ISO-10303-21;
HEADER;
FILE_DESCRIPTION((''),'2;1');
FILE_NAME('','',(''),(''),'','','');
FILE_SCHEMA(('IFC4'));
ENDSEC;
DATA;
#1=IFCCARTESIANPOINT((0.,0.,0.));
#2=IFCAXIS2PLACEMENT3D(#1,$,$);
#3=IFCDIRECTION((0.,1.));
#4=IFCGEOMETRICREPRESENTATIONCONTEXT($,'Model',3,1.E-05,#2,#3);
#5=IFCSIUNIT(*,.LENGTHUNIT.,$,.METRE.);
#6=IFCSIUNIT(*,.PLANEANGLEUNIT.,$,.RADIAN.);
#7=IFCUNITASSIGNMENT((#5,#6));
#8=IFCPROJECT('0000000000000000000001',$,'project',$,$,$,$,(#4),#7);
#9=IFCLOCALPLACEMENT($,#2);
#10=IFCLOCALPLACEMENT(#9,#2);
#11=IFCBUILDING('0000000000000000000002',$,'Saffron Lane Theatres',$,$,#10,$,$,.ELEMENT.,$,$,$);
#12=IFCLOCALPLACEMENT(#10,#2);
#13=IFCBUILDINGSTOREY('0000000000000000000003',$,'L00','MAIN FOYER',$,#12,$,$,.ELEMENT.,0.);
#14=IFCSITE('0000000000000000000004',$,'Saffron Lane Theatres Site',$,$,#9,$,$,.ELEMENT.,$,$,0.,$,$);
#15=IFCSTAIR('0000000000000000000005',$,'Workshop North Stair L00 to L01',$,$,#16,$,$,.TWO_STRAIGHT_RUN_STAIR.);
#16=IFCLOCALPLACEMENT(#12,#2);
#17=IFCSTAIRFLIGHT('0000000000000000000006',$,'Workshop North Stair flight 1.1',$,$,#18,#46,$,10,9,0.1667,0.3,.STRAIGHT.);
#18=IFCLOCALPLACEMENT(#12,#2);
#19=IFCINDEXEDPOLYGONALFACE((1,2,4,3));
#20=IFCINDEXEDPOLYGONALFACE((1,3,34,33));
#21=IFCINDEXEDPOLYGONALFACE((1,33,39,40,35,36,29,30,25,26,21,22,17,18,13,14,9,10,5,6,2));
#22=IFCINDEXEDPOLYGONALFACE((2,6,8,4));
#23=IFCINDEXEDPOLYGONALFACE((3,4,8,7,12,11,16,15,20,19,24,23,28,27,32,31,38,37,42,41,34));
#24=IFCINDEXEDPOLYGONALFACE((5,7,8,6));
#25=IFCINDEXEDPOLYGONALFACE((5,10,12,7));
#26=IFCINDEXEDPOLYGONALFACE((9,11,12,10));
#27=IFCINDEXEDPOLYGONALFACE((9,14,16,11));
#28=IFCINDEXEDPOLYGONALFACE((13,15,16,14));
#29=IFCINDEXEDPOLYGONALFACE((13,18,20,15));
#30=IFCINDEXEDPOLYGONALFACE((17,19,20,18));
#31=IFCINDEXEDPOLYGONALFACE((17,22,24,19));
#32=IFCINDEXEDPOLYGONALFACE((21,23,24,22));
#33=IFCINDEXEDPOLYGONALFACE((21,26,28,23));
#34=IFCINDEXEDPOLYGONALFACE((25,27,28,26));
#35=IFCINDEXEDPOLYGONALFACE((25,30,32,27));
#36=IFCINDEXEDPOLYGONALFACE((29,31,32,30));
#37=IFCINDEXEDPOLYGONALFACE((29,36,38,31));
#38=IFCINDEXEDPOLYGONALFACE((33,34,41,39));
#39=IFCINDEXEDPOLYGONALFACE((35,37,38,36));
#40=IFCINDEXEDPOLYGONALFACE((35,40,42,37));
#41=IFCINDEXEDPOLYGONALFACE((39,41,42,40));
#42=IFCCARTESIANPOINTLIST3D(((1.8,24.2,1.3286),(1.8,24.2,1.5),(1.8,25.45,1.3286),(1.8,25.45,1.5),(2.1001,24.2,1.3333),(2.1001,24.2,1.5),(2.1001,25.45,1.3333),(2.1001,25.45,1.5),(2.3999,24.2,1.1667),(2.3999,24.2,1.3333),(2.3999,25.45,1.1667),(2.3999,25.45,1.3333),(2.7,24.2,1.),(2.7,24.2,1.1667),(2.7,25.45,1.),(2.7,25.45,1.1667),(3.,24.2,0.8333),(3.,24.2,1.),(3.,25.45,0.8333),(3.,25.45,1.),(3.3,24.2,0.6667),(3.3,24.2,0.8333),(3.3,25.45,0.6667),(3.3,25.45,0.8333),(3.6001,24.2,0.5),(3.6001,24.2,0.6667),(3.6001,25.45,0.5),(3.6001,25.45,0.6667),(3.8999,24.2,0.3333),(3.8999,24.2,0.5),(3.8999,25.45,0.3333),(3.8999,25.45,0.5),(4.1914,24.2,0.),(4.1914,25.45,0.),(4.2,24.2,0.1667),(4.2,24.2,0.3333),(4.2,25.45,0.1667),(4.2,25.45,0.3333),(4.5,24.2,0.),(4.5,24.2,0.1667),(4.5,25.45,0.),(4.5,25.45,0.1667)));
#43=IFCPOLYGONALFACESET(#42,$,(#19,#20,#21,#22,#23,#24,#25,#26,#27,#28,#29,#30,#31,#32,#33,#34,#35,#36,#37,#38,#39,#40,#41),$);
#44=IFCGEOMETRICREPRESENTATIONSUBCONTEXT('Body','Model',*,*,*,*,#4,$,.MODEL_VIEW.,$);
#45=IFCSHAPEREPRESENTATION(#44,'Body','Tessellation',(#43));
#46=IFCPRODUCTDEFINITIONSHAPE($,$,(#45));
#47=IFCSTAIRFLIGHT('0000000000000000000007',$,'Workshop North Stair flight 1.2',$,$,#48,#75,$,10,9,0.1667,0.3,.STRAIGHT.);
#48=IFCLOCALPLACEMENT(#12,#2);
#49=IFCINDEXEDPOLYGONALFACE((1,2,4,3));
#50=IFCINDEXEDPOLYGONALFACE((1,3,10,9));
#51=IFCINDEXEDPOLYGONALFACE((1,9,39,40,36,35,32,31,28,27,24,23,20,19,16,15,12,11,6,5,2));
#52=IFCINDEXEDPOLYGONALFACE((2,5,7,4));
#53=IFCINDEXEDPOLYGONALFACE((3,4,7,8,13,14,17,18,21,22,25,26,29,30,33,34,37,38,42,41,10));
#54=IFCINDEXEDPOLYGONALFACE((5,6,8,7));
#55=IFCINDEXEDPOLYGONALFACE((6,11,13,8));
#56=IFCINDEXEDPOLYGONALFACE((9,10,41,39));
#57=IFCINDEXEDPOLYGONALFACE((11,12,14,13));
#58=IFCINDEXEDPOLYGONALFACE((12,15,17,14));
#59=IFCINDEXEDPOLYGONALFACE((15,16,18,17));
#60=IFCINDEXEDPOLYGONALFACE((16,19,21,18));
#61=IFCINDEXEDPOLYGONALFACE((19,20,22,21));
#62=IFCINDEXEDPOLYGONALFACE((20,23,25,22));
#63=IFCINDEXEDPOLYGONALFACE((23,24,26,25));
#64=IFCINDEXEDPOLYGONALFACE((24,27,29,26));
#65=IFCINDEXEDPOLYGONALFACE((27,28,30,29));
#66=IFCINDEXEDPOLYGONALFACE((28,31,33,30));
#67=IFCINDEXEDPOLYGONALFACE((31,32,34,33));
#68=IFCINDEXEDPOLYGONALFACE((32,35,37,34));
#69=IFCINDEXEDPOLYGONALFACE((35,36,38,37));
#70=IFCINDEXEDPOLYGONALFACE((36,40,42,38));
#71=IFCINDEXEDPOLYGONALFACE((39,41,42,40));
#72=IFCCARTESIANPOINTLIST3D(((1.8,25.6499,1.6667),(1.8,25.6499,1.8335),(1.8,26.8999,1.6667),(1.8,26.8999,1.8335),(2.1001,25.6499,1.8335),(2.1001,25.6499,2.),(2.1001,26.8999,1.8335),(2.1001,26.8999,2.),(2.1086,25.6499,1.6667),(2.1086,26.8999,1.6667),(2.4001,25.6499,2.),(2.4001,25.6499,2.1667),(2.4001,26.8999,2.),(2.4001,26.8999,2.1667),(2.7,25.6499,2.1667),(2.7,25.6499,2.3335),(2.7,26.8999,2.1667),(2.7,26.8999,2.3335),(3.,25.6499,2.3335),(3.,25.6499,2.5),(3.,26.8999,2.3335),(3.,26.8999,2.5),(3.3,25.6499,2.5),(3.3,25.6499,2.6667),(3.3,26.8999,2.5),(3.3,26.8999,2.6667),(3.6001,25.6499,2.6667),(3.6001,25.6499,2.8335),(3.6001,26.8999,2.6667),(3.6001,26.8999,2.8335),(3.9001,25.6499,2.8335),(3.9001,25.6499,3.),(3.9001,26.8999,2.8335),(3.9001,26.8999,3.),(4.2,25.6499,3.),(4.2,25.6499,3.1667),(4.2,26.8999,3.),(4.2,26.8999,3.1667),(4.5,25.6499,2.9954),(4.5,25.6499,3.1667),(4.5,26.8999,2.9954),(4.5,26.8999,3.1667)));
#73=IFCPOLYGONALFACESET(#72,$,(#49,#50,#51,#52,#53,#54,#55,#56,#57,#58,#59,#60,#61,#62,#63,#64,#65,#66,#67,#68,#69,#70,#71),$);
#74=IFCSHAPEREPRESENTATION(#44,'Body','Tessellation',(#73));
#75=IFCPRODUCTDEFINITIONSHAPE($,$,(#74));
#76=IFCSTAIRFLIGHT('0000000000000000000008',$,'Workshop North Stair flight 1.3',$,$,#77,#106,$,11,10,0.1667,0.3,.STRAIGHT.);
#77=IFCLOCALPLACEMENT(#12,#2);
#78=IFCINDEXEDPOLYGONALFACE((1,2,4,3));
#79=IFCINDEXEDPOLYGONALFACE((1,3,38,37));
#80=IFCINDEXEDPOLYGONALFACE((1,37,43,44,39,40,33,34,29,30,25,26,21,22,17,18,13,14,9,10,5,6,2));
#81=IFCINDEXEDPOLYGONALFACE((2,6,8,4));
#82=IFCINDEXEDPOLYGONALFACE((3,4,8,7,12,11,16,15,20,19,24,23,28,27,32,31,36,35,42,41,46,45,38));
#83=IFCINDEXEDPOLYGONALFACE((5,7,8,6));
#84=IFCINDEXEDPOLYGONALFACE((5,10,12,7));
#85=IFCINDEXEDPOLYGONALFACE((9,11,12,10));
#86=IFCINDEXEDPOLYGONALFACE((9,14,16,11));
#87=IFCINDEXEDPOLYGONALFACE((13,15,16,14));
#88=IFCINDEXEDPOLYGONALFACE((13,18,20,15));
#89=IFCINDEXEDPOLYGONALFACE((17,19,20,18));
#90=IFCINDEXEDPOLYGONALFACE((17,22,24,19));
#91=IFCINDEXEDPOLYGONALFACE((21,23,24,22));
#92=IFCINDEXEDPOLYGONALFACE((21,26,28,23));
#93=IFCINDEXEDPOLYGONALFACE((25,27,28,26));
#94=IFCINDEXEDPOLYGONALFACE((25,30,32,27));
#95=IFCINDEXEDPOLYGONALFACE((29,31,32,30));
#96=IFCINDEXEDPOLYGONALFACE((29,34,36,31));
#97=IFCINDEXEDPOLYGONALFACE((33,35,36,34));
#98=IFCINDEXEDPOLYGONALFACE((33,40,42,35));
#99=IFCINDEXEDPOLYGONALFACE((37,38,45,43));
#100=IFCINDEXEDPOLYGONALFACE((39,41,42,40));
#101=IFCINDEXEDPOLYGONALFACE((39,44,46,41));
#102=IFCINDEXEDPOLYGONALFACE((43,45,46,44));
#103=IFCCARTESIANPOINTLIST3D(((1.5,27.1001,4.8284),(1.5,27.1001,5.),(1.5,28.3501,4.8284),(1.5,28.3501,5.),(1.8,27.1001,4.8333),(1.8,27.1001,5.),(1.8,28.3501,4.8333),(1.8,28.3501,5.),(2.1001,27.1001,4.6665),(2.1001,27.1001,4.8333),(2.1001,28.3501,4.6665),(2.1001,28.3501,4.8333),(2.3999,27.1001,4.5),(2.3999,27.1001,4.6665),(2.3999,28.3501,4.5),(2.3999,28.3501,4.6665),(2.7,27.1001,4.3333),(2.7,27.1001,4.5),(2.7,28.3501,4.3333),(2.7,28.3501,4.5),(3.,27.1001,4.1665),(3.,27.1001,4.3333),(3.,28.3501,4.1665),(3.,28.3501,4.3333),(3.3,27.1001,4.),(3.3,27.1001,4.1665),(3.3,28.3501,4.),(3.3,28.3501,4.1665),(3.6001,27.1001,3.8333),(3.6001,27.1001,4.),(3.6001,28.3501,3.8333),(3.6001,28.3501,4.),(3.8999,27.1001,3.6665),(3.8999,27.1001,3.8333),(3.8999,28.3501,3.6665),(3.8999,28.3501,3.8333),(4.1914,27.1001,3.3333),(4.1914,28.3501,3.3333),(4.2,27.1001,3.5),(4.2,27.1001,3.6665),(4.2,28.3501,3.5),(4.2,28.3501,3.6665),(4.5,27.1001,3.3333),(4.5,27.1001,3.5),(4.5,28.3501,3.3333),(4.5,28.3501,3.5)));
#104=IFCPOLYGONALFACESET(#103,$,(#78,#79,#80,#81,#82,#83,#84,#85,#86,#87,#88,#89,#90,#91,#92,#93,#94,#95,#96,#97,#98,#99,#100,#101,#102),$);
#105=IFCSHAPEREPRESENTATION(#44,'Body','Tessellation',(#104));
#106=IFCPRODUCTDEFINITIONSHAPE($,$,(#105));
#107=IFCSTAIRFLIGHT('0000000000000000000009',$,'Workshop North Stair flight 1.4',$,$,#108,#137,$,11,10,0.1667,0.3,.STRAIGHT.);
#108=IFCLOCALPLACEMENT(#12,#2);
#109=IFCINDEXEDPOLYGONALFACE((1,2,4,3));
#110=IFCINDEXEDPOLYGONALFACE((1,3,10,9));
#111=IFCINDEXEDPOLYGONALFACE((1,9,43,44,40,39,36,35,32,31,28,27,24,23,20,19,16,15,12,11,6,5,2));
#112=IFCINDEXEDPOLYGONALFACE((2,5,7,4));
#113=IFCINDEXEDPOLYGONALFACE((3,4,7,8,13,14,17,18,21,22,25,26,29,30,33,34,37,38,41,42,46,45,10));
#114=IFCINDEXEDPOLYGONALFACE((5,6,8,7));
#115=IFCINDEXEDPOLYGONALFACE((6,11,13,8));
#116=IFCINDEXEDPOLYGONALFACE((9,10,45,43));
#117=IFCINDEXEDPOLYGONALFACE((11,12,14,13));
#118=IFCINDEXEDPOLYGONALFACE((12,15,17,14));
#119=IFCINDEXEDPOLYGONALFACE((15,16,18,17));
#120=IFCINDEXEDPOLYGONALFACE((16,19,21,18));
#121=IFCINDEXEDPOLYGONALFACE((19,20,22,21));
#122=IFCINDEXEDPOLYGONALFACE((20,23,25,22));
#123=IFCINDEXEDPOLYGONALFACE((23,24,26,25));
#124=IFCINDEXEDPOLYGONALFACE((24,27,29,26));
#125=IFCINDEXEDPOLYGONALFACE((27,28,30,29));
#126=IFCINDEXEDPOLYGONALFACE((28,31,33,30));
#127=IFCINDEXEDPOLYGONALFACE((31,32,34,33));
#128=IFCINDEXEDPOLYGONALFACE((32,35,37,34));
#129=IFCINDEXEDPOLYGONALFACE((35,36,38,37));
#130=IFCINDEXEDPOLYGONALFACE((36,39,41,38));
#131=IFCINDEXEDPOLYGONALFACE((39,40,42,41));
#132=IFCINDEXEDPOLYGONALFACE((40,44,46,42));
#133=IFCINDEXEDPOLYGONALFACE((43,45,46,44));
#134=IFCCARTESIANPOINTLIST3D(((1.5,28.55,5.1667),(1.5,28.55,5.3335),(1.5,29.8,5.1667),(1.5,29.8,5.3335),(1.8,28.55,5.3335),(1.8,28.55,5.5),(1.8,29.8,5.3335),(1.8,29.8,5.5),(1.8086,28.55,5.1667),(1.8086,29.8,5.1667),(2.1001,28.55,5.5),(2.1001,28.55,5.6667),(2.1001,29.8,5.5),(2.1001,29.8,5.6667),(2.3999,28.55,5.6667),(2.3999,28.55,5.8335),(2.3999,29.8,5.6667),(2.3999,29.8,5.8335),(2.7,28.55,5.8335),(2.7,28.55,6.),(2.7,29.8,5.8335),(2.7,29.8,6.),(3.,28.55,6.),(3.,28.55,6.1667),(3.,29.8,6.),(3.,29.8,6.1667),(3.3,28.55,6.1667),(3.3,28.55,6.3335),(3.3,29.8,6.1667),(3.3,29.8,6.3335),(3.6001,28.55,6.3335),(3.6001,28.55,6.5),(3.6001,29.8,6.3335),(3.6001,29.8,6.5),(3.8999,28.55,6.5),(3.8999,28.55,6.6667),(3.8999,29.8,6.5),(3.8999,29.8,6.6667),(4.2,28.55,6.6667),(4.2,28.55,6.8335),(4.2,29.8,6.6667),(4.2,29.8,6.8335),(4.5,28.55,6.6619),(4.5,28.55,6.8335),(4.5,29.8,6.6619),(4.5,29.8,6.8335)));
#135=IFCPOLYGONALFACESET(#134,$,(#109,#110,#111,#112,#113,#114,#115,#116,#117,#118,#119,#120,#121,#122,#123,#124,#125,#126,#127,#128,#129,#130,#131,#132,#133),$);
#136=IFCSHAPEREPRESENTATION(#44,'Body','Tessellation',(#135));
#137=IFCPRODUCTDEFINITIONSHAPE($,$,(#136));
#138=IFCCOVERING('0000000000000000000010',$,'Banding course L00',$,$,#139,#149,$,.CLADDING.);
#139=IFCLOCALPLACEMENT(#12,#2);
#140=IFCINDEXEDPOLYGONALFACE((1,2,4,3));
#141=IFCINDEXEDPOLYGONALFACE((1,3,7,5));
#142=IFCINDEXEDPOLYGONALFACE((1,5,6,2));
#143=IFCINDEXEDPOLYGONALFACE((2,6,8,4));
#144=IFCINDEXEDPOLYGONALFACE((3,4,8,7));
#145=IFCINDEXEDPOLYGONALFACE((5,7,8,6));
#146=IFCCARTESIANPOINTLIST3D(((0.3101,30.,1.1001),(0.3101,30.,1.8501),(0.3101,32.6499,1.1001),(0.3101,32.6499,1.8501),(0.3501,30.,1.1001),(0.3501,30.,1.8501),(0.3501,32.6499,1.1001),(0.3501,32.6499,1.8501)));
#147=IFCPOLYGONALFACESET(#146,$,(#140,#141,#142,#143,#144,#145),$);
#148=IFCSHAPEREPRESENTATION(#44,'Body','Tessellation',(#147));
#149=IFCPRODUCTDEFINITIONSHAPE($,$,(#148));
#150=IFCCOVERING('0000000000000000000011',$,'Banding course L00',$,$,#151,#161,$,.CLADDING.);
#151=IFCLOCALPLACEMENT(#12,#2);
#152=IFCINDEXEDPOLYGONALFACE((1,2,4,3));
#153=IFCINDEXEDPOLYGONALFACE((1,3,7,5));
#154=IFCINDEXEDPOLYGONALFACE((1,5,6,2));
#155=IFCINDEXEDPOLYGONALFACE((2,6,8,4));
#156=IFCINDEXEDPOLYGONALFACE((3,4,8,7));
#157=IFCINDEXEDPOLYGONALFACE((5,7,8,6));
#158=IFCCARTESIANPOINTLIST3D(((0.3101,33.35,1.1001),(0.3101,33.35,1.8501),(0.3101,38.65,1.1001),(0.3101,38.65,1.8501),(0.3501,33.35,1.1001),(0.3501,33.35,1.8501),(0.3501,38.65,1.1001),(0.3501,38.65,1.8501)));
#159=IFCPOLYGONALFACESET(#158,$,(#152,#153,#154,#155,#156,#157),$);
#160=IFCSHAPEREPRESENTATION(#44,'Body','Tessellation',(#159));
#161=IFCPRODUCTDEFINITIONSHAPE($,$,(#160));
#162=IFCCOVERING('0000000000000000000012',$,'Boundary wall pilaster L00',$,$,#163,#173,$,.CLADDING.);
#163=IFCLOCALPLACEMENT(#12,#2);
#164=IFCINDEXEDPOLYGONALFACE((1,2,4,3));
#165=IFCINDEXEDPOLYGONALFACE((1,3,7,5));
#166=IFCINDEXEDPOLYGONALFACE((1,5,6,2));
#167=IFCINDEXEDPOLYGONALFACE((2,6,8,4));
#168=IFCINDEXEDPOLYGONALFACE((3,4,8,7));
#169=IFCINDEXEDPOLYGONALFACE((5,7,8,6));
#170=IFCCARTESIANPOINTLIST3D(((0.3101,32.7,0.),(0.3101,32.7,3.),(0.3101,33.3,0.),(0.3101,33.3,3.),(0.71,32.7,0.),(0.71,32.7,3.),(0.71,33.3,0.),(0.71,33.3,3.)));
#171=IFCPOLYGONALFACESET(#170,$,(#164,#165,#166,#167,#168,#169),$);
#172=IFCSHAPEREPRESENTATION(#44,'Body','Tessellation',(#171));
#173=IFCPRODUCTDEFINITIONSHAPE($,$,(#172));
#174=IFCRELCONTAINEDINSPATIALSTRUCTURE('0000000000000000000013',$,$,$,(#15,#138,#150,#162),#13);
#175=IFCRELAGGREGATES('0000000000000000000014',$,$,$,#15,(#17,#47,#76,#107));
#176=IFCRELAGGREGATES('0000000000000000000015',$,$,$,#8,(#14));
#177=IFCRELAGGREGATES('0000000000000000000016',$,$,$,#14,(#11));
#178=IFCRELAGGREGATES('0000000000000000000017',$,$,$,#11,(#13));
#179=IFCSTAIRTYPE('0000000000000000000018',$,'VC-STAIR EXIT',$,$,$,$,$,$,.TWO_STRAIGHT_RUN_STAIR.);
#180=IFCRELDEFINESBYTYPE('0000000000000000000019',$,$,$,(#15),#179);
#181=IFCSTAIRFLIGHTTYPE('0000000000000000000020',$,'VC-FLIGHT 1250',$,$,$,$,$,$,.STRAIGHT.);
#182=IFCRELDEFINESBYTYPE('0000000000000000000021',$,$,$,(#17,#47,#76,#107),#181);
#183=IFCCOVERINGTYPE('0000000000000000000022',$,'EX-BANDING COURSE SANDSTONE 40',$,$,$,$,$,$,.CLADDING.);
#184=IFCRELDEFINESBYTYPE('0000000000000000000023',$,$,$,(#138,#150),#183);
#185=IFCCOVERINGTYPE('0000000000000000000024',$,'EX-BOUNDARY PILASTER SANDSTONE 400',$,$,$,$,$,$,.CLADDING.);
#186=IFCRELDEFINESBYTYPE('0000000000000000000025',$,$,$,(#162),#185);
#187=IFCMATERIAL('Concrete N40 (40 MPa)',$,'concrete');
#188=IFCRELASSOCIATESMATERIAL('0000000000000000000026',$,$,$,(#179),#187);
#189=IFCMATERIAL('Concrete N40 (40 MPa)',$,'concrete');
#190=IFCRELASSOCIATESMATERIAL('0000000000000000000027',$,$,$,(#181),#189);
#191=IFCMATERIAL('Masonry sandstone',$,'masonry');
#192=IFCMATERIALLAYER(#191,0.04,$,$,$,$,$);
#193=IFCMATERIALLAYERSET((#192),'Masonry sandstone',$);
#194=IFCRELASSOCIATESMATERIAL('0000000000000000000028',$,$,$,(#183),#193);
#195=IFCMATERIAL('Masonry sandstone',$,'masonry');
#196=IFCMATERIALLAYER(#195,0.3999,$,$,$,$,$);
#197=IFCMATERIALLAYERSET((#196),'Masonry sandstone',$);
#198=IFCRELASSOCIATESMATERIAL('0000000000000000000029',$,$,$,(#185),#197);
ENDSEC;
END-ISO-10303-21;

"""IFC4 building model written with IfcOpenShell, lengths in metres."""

from ifc_helpers import new_model, si_unit, direction, frame, origin, origin_2d, place, context, subcontext, project, spatial, polyline, rectangle, outline, extrude, material, layer, layer_set, type_object, element, aggregate, save


model = new_model("IFC4")

# Units and contexts
model_context = context("Model", 3, precision=1e-05, world=origin(), true_north=direction((0.0, 1.0)))
body_context = subcontext(model_context, "Body", "Model", "MODEL_VIEW")
ifc_project = project(units=[si_unit("LENGTHUNIT", "METRE"), si_unit("PLANEANGLEUNIT", "RADIAN")], contexts=[model_context])

# Site, building, storey
site_placement = place(None, origin())
site = spatial("IfcSite", under=ifc_project, at=site_placement, Name="Saffron Lane Theatres Site", CompositionType="ELEMENT", RefElevation=0.0)
building_placement = place(site_placement, origin())
building = spatial("IfcBuilding", under=site, at=building_placement, Name="Saffron Lane Theatres", CompositionType="ELEMENT")
storey_placement = place(building_placement, origin())
storey = spatial("IfcBuildingStorey", under=building, at=storey_placement, Name="L00", Description="MAIN FOYER", CompositionType="ELEMENT", Elevation=0.0)

# Stair, stair flights
ifc_material_1 = material(Name="Concrete N40 (40 MPa)", Category="concrete")
stair_type = type_object("IfcStairType", Name="VC-STAIR EXIT", PredefinedType="TWO_STRAIGHT_RUN_STAIR", material=ifc_material_1)
stair_placement = place(storey_placement, origin())
stair = element("IfcStair", 1, at=stair_placement, inside=storey, type_object=stair_type, Name="Workshop North Stair L00 to L01", PredefinedType="TWO_STRAIGHT_RUN_STAIR")
ifc_material_2 = material(Name="Concrete N40 (40 MPa)", Category="concrete")
stair_flight_type = type_object("IfcStairFlightType", Name="VC-FLIGHT 1250", PredefinedType="STRAIGHT", material=ifc_material_2)
stair_flight_1_placement = place(storey_placement, frame((4.5, 24.825, 0.0), z_axis=(0.0, 0.0, 1.0), x_axis=(-1.0, 0.0, 0.0)))
stair_flight_1 = element("IfcStairFlight", 2, at=stair_flight_1_placement, type_object=stair_flight_type, Name="Workshop North Stair flight 1.1", NumberOfRisers=10, NumberOfTreads=9, PredefinedType="STRAIGHT", RiserHeight=0.1667, TreadLength=0.3, context=body_context, shape_type="SweptSolid", body=[
    extrude(outline(polyline([(0.0, 0.0), (0.0, 0.1667), (0.3, 0.1667), (0.3, 0.3333), (0.6001, 0.3333), (0.6001, 0.5), (0.8999, 0.5), (0.8999, 0.6667), (1.2, 0.6667), (1.2, 0.8333), (1.5, 0.8333), (1.5, 1.0), (1.8, 1.0), (1.8, 1.1667), (2.1001, 1.1667), (2.1001, 1.3333), (2.3999, 1.3333), (2.3999, 1.5), (2.7, 1.5), (2.7, 1.6667), (2.7, 1.3286), (0.3086, 0.0), (0.0, 0.0)])), frame((0.0, 0.625, 0.0), z_axis=(0.0, -1.0, 0.0), x_axis=(1.0, 0.0, 0.0)), (0.0, 0.0, 1.0), 1.25),
])
stair_flight_2_placement = place(storey_placement, frame((1.8, 26.2749, 1.6667), z_axis=(0.0, 0.0, 1.0), x_axis=(1.0, 0.0, 0.0)))
stair_flight_2 = element("IfcStairFlight", 3, at=stair_flight_2_placement, type_object=stair_flight_type, Name="Workshop North Stair flight 1.2", NumberOfRisers=10, NumberOfTreads=9, PredefinedType="STRAIGHT", RiserHeight=0.1667, TreadLength=0.3, context=body_context, shape_type="SweptSolid", body=[
    extrude(outline(polyline([(0.0, 0.0), (0.0, 0.1667), (0.3, 0.1667), (0.3, 0.3333), (0.6001, 0.3333), (0.6001, 0.5), (0.8999, 0.5), (0.8999, 0.6667), (1.2, 0.6667), (1.2, 0.8333), (1.5, 0.8333), (1.5, 1.0), (1.8, 1.0), (1.8, 1.1667), (2.1001, 1.1667), (2.1001, 1.3333), (2.3999, 1.3333), (2.3999, 1.5), (2.7, 1.5), (2.7, 1.6667), (2.7, 1.3286), (0.3086, 0.0), (0.0, 0.0)])), frame((0.0, 0.625, 0.0), z_axis=(0.0, -1.0, 0.0), x_axis=(1.0, 0.0, 0.0)), (0.0, 0.0, 1.0), 1.25),
])
stair_flight_3_placement = place(storey_placement, frame((4.5, 27.7251, 3.3333), z_axis=(0.0, 0.0, 1.0), x_axis=(-1.0, 0.0, 0.0)))
stair_flight_3 = element("IfcStairFlight", 4, at=stair_flight_3_placement, type_object=stair_flight_type, Name="Workshop North Stair flight 1.3", NumberOfRisers=11, NumberOfTreads=10, PredefinedType="STRAIGHT", RiserHeight=0.1667, TreadLength=0.3, context=body_context, shape_type="SweptSolid", body=[
    extrude(outline(polyline([(0.0, 0.0), (0.0, 0.1667), (0.3, 0.1667), (0.3, 0.3333), (0.6001, 0.3333), (0.6001, 0.5), (0.8999, 0.5), (0.8999, 0.6667), (1.2, 0.6667), (1.2, 0.8333), (1.5, 0.8333), (1.5, 1.0), (1.8, 1.0), (1.8, 1.1667), (2.1001, 1.1667), (2.1001, 1.3333), (2.3999, 1.3333), (2.3999, 1.5), (2.7, 1.5), (2.7, 1.6667), (3.0, 1.6667), (3.0, 1.8333), (3.0, 1.4951), (0.3086, 0.0), (0.0, 0.0)])), frame((0.0, 0.625, 0.0), z_axis=(0.0, -1.0, 0.0), x_axis=(1.0, 0.0, 0.0)), (0.0, 0.0, 1.0), 1.25),
])
stair_flight_4_placement = place(storey_placement, frame((1.5, 29.175, 5.1667), z_axis=(0.0, 0.0, 1.0), x_axis=(1.0, 0.0, 0.0)))
stair_flight_4 = element("IfcStairFlight", 5, at=stair_flight_4_placement, type_object=stair_flight_type, Name="Workshop North Stair flight 1.4", NumberOfRisers=11, NumberOfTreads=10, PredefinedType="STRAIGHT", RiserHeight=0.1667, TreadLength=0.3, context=body_context, shape_type="SweptSolid", body=[
    extrude(outline(polyline([(0.0, 0.0), (0.0, 0.1667), (0.3, 0.1667), (0.3, 0.3333), (0.6001, 0.3333), (0.6001, 0.5), (0.8999, 0.5), (0.8999, 0.6667), (1.2, 0.6667), (1.2, 0.8333), (1.5, 0.8333), (1.5, 1.0), (1.8, 1.0), (1.8, 1.1667), (2.1001, 1.1667), (2.1001, 1.3333), (2.3999, 1.3333), (2.3999, 1.5), (2.7, 1.5), (2.7, 1.6667), (3.0, 1.6667), (3.0, 1.8333), (3.0, 1.4951), (0.3086, 0.0), (0.0, 0.0)])), frame((0.0, 0.625, 0.0), z_axis=(0.0, -1.0, 0.0), x_axis=(1.0, 0.0, 0.0)), (0.0, 0.0, 1.0), 1.25),
])
aggregate(stair, [stair_flight_1, stair_flight_2, stair_flight_3, stair_flight_4])

# Coverings
ifc_material_3 = material(Name="Masonry sandstone", Category="masonry")
ifc_layer_1 = layer(ifc_material_3, 0.04)
ifc_layer_set_1 = layer_set([ifc_layer_1], Name="Masonry sandstone")
covering_type_1 = type_object("IfcCoveringType", Name="EX-BANDING COURSE SANDSTONE 40", PredefinedType="CLADDING", material=ifc_layer_set_1)
covering_1_placement = place(storey_placement, frame((0.3301, 31.325, 1.1001), z_axis=(0.0, 0.0, 1.0), x_axis=(0.0, 1.0, 0.0)))
element("IfcCovering", 6, at=covering_1_placement, inside=storey, type_object=covering_type_1, Name="Banding course L00", PredefinedType="CLADDING", context=body_context, shape_type="SweptSolid", body=[
    extrude(rectangle(XDim=2.6499, YDim=0.04, at=origin_2d()), origin(), (0.0, 0.0, 1.0), 0.75),
])
covering_2_placement = place(storey_placement, frame((0.3301, 36.0, 1.1001), z_axis=(0.0, 0.0, 1.0), x_axis=(0.0, 1.0, 0.0)))
element("IfcCovering", 7, at=covering_2_placement, inside=storey, type_object=covering_type_1, Name="Banding course L00", PredefinedType="CLADDING", context=body_context, shape_type="SweptSolid", body=[
    extrude(rectangle(XDim=5.3, YDim=0.04, at=origin_2d()), origin(), (0.0, 0.0, 1.0), 0.75),
])
ifc_material_4 = material(Name="Masonry sandstone", Category="masonry")
ifc_layer_2 = layer(ifc_material_4, 0.3999)
ifc_layer_set_2 = layer_set([ifc_layer_2], Name="Masonry sandstone")
covering_type_2 = type_object("IfcCoveringType", Name="EX-BOUNDARY PILASTER SANDSTONE 400", PredefinedType="CLADDING", material=ifc_layer_set_2)
covering_3_placement = place(storey_placement, frame((0.51, 33.0, 0.0), z_axis=(0.0, 0.0, 1.0), x_axis=(0.0, 1.0, 0.0)))
element("IfcCovering", 8, at=covering_3_placement, inside=storey, type_object=covering_type_2, Name="Boundary wall pilaster L00", PredefinedType="CLADDING", context=body_context, shape_type="SweptSolid", body=[
    extrude(rectangle(XDim=0.6001, YDim=0.3999, at=origin_2d()), origin(), (0.0, 0.0, 1.0), 3.0),
])

save(model, "model.ifc")
